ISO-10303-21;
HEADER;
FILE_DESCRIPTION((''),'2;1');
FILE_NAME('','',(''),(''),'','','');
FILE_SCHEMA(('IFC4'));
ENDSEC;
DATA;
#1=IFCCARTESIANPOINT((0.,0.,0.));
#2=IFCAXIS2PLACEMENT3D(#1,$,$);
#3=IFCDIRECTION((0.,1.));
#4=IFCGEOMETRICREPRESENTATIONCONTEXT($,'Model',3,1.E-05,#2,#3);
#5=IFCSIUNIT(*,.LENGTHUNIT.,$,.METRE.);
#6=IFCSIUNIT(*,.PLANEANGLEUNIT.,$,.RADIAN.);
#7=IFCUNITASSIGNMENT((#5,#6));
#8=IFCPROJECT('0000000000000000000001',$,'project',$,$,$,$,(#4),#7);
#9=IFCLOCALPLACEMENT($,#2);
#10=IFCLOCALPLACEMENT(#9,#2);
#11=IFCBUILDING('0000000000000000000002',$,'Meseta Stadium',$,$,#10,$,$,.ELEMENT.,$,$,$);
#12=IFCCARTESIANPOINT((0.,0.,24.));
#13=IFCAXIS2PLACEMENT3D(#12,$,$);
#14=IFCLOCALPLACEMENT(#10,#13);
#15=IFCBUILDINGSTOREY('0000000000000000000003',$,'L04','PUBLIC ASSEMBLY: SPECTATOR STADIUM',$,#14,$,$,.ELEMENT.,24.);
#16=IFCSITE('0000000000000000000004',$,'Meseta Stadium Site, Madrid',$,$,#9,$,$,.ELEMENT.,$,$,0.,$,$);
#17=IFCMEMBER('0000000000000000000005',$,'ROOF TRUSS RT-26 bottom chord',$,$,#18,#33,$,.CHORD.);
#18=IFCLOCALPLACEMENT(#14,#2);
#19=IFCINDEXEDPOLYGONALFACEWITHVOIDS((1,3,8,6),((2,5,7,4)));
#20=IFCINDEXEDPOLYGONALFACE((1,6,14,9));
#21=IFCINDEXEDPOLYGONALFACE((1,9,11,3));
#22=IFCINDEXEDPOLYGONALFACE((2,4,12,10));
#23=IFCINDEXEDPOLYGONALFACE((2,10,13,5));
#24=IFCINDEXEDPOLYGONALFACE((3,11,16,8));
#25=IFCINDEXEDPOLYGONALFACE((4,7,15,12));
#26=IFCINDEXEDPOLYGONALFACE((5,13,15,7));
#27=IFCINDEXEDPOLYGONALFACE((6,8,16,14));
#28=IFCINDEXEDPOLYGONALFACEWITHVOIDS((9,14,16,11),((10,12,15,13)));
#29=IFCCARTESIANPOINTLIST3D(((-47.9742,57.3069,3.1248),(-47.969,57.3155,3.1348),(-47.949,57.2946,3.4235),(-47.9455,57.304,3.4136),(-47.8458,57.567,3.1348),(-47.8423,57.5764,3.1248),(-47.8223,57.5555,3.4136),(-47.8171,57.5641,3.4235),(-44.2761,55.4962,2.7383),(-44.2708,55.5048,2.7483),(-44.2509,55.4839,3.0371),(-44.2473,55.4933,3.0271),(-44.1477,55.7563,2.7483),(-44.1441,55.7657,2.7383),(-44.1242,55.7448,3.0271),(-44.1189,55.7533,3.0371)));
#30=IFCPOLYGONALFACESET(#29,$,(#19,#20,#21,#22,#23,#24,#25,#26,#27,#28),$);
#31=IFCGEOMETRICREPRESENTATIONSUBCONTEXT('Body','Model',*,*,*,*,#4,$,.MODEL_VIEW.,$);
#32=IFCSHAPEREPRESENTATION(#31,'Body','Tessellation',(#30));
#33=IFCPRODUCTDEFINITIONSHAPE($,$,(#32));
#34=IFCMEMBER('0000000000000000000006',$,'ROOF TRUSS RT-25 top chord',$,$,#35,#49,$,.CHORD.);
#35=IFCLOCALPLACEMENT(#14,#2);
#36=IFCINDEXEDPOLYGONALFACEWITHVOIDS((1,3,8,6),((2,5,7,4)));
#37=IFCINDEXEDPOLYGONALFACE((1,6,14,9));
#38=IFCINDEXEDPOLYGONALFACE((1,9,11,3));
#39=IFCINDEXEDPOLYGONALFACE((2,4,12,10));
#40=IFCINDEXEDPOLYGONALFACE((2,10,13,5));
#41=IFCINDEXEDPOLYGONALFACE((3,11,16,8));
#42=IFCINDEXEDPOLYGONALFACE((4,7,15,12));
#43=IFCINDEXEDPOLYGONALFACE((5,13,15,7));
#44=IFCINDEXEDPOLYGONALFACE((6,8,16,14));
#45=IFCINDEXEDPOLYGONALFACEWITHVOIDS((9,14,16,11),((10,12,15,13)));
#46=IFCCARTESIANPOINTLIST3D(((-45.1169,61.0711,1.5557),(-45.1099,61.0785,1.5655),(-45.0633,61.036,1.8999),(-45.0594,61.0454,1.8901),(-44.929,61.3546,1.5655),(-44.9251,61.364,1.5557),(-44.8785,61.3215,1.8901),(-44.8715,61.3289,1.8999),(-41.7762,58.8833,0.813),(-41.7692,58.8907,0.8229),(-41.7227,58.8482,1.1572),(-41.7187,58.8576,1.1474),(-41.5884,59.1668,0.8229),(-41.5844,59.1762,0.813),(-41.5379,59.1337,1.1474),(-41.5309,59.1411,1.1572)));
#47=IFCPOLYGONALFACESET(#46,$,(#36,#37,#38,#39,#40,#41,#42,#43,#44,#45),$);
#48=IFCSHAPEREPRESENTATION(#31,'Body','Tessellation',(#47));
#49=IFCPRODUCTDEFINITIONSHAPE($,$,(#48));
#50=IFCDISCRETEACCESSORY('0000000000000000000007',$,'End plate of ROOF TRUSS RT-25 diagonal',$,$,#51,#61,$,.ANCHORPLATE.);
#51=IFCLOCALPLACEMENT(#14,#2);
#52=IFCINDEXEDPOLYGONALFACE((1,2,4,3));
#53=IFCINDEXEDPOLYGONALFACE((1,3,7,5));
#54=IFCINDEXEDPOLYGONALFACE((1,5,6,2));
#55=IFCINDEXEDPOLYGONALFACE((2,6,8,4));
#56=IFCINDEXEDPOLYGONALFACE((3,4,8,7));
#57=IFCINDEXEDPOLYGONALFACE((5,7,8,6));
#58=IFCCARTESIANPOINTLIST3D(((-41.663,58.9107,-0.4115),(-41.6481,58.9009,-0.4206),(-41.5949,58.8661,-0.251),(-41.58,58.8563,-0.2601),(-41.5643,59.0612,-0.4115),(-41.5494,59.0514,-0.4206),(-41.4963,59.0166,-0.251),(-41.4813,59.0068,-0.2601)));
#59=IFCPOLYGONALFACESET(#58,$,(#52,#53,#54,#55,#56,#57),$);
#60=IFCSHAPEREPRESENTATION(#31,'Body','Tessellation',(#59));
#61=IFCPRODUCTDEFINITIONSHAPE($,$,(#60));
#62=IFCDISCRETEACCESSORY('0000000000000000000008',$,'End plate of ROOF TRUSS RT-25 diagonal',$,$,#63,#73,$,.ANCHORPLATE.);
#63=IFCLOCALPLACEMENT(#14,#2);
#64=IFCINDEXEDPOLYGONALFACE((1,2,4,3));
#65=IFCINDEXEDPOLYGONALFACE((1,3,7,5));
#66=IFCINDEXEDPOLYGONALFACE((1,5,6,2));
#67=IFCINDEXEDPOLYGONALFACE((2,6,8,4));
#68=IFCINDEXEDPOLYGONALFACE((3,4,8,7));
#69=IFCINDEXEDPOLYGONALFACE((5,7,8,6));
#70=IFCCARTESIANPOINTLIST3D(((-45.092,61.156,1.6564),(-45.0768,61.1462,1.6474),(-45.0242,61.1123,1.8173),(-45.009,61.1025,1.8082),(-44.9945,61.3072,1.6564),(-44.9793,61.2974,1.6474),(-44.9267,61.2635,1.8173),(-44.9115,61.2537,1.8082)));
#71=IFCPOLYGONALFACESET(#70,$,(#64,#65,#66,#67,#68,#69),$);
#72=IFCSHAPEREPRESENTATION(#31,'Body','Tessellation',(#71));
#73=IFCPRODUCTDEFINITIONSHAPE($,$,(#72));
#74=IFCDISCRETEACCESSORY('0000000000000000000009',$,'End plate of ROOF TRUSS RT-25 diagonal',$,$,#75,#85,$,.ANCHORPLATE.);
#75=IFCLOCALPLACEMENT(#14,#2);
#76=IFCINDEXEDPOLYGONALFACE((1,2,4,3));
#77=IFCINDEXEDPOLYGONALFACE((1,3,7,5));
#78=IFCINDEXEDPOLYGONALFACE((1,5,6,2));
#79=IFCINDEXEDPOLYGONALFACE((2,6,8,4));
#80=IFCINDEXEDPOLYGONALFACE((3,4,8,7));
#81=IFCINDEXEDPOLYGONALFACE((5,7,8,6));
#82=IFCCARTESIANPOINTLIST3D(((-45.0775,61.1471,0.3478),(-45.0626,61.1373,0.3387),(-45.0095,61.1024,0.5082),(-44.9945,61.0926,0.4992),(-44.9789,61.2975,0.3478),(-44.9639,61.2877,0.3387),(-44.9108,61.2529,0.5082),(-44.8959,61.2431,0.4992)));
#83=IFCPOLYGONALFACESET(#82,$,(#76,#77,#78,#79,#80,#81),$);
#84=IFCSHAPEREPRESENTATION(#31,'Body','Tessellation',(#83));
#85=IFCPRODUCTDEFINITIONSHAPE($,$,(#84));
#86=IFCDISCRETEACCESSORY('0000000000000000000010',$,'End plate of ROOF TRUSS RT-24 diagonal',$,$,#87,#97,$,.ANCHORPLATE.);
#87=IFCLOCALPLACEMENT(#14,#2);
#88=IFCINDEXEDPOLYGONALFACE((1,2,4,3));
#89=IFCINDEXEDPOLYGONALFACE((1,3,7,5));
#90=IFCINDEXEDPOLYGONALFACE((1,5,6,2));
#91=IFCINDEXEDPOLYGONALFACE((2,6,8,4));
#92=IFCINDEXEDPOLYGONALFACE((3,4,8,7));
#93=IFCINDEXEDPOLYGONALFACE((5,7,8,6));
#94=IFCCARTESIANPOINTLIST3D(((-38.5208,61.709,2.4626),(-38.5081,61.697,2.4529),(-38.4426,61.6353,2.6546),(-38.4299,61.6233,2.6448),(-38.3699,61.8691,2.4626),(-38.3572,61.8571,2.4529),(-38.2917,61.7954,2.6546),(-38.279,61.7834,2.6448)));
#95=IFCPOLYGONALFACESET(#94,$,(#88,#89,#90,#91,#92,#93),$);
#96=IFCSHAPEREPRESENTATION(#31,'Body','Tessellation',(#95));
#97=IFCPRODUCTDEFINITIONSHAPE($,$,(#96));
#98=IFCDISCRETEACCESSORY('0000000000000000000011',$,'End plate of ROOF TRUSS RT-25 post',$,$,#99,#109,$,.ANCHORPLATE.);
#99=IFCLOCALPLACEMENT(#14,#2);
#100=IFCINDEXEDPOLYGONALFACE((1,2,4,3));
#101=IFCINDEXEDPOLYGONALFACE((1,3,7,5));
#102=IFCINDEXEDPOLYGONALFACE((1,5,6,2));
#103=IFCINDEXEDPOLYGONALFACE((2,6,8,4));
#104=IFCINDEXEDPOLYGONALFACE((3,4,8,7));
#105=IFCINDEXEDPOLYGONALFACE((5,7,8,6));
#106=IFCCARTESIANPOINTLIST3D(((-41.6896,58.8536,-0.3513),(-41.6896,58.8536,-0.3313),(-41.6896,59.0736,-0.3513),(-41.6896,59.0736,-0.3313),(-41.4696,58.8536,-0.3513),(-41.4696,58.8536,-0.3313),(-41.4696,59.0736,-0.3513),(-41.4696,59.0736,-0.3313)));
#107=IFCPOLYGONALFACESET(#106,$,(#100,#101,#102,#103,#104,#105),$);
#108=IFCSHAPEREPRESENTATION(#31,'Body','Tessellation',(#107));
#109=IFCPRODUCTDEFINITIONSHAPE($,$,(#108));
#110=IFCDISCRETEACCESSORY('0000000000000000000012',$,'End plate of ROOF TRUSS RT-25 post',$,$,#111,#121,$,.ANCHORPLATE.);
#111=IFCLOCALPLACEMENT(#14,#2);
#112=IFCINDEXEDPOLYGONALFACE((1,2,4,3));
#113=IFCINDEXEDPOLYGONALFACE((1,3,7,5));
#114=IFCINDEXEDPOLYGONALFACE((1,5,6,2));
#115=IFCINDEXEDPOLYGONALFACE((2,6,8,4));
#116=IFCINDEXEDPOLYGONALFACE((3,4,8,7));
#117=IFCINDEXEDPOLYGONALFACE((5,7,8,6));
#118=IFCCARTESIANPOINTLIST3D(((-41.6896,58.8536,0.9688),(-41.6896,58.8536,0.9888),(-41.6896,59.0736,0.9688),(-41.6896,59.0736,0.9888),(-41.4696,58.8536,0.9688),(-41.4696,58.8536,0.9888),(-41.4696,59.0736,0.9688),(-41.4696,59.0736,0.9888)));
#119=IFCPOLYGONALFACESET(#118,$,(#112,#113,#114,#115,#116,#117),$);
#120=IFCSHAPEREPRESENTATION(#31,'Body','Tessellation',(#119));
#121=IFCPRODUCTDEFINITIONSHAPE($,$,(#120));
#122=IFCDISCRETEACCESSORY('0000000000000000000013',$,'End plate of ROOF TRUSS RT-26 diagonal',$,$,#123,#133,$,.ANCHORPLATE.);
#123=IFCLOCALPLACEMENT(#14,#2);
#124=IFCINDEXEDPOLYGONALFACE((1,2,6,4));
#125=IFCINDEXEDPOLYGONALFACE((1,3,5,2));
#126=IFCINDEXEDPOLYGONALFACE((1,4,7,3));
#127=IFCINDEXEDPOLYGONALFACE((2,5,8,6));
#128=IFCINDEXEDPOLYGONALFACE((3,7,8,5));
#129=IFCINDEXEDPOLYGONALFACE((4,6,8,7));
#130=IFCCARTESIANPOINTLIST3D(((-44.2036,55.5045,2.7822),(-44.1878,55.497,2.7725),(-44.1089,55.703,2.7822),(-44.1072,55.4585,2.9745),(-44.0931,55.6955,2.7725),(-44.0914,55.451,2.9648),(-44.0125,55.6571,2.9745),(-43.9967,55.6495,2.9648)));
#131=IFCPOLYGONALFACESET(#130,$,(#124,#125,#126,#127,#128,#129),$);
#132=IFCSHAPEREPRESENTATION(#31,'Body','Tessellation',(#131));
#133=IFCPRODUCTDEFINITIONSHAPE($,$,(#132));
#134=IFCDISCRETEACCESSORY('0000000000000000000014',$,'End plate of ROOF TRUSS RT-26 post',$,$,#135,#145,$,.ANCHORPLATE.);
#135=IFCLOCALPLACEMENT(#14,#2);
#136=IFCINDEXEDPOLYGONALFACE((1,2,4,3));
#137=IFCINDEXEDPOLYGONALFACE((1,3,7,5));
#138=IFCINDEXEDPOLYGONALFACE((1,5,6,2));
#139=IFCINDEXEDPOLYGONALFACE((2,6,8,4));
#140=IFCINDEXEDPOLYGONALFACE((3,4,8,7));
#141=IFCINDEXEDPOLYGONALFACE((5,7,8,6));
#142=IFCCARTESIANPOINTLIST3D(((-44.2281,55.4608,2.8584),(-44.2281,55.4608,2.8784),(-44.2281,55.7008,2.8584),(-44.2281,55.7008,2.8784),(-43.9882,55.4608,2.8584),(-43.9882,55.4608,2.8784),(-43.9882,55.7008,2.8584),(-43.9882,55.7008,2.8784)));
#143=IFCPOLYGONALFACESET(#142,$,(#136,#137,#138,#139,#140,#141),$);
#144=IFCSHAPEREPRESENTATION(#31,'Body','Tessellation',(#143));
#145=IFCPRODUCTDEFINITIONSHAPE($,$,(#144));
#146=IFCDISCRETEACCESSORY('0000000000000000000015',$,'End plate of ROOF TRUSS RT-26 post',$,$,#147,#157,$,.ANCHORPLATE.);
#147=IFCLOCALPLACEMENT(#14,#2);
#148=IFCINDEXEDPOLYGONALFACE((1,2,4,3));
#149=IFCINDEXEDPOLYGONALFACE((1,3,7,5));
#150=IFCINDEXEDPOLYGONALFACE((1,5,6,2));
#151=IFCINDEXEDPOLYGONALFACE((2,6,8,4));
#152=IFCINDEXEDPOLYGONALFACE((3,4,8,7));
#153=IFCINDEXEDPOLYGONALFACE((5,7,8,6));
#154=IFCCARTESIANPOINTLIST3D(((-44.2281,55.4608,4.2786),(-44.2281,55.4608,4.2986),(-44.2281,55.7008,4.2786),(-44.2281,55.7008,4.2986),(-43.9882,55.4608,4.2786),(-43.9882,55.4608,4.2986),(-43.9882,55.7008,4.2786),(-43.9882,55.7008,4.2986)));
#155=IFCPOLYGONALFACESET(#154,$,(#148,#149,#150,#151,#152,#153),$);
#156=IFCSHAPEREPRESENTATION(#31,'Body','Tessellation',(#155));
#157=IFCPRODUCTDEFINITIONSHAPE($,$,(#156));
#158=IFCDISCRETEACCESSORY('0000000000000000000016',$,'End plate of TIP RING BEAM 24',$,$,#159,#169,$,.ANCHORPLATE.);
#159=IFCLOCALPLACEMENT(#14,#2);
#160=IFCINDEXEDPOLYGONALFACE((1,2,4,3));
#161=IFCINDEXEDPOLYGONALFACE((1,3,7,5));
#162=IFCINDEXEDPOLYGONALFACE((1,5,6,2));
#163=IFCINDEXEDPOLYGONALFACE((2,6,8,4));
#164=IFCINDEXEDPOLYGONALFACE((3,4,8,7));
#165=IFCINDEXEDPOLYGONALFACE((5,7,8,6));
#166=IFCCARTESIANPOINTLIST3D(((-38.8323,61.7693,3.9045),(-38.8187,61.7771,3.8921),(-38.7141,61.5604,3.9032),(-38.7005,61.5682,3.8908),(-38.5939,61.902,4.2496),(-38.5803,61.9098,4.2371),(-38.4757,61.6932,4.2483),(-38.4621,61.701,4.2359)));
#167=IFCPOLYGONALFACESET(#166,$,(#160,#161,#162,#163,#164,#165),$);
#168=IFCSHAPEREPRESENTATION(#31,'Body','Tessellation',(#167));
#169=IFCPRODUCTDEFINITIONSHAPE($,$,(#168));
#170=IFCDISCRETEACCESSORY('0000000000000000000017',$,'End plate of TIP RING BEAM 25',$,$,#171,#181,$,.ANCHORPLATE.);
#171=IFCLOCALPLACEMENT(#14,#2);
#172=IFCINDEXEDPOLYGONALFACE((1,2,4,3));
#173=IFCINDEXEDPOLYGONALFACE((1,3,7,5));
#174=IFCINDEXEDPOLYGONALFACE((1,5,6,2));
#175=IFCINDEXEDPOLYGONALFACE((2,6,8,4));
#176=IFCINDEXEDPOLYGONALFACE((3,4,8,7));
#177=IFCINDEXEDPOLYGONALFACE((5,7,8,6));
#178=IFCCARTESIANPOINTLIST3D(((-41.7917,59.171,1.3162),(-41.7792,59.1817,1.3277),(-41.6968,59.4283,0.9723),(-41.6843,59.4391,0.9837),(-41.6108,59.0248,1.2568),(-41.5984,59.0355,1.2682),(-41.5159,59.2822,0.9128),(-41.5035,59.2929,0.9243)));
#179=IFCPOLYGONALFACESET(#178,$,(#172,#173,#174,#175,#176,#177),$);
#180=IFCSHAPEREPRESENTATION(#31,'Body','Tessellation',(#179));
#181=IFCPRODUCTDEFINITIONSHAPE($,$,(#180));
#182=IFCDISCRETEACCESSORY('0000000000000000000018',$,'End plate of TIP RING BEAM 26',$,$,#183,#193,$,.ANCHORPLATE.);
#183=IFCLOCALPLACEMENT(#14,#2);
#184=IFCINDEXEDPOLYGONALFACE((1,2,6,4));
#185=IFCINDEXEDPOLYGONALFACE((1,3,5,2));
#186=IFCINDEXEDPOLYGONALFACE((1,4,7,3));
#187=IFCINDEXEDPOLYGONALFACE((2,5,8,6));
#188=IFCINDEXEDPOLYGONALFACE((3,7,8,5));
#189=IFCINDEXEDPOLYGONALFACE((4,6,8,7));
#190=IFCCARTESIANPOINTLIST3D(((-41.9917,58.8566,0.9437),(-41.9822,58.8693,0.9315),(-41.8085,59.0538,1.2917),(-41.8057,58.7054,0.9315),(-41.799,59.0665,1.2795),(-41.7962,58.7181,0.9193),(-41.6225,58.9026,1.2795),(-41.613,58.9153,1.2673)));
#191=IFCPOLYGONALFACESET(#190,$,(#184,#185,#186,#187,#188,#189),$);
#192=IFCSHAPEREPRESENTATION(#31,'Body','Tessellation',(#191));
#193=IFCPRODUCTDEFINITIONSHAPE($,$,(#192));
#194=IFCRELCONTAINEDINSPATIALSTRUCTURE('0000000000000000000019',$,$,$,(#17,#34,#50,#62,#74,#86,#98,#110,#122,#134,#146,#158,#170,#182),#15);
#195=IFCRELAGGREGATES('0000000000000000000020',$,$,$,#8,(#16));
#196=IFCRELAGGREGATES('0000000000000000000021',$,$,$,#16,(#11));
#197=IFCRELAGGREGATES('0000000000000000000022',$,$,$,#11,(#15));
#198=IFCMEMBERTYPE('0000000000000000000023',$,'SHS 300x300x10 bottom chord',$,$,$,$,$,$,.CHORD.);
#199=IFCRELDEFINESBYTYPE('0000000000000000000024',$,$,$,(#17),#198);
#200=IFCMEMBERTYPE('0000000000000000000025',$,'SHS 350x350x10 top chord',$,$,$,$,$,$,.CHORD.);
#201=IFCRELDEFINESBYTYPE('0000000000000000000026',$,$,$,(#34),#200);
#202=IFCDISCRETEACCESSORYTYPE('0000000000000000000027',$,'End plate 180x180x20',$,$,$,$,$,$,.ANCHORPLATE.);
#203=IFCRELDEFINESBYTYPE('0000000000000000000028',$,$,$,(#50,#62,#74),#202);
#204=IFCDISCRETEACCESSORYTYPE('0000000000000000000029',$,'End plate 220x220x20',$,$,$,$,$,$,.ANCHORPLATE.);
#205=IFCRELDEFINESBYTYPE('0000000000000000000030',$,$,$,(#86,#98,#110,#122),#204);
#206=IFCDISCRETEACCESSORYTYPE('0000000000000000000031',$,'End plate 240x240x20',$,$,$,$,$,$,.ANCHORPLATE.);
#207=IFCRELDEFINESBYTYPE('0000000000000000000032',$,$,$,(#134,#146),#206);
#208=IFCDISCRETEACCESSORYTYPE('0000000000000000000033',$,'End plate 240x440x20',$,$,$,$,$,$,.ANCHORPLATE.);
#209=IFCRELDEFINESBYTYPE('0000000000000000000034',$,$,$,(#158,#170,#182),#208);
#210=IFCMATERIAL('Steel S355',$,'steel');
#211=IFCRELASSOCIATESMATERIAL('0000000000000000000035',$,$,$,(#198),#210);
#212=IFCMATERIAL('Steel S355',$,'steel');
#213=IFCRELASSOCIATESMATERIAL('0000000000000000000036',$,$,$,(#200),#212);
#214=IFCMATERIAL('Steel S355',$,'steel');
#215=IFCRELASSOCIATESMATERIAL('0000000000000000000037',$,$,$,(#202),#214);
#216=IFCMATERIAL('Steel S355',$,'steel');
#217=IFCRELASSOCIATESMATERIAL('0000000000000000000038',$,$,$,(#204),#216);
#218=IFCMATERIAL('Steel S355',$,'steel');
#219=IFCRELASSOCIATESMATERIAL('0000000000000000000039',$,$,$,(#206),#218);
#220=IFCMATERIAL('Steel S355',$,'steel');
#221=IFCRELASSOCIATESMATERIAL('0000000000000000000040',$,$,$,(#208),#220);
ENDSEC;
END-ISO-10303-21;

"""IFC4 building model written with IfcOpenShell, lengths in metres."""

from ifc_helpers import new_model, si_unit, direction, frame, origin, origin_2d, place, context, subcontext, project, spatial, rectangle, hollow_rectangle, extrude, material, material_profile, profile_set, type_object, element, save


model = new_model("IFC4")

# Units and contexts
model_context = context("Model", 3, precision=1e-05, world=origin(), true_north=direction((0.0, 1.0)))
body_context = subcontext(model_context, "Body", "Model", "MODEL_VIEW")
ifc_project = project(units=[si_unit("LENGTHUNIT", "METRE"), si_unit("PLANEANGLEUNIT", "RADIAN")], contexts=[model_context])

# Site, building, storey
site_placement = place(None, origin())
site = spatial("IfcSite", under=ifc_project, at=site_placement, Name="Meseta Stadium Site, Madrid", CompositionType="ELEMENT", RefElevation=0.0)
building_placement = place(site_placement, origin())
building = spatial("IfcBuilding", under=site, at=building_placement, Name="Meseta Stadium", CompositionType="ELEMENT")
storey_placement = place(building_placement, frame((0.0, 0.0, 24.0)))
storey = spatial("IfcBuildingStorey", under=building, at=storey_placement, Name="L04", Description="PUBLIC ASSEMBLY: SPECTATOR STADIUM", CompositionType="ELEMENT", Elevation=24.0)

# Members
ifc_material_1 = material(Name="Steel S355", Category="steel")
ifc_material_profile_1 = material_profile(ifc_material_1, hollow_rectangle(XDim=0.3, YDim=0.3, WallThickness=0.01, at=origin_2d()), Name="SHS 300x300x10")
ifc_profile_set_1 = profile_set([ifc_material_profile_1], Name="Steel S355")
member_type_1 = type_object("IfcMemberType", Name="SHS 300x300x10 bottom chord", PredefinedType="CHORD", material=ifc_profile_set_1)
member_1_placement = place(storey_placement, frame((-44.1975, 55.6248, 2.8877), z_axis=(-0.89419, 0.437827, 0.093445), x_axis=(-0.439751, -0.89812, 0.0)))
element("IfcMember", 1, at=member_1_placement, inside=storey, type_object=member_type_1, Name="ROOF TRUSS RT-26 bottom chord", PredefinedType="CHORD", context=body_context, shape_type="SweptSolid", body=[
    extrude(hollow_rectangle(XDim=0.3, YDim=0.3, WallThickness=0.01, at=origin_2d()), origin(), (0.0, 0.0, 1.0), 4.1357),
])
ifc_material_2 = material(Name="Steel S355", Category="steel")
ifc_material_profile_2 = material_profile(ifc_material_2, hollow_rectangle(XDim=0.3501, YDim=0.3501, WallThickness=0.01, at=origin_2d()), Name="SHS 350x350x10")
ifc_profile_set_2 = profile_set([ifc_material_profile_2], Name="Steel S355")
member_type_2 = type_object("IfcMemberType", Name="SHS 350x350x10 top chord", PredefinedType="CHORD", material=ifc_profile_set_2)
member_2_placement = place(storey_placement, frame((-41.6536, 59.0122, 0.9851), z_axis=(-0.822462, 0.53863, 0.182849), x_axis=(-0.547867, -0.836565, 0.0)))
element("IfcMember", 2, at=member_2_placement, inside=storey, type_object=member_type_2, Name="ROOF TRUSS RT-25 top chord", PredefinedType="CHORD", context=body_context, shape_type="SweptSolid", body=[
    extrude(hollow_rectangle(XDim=0.3501, YDim=0.3501, WallThickness=0.01, at=origin_2d()), origin(), (0.0, 0.0, 1.0), 4.0618),
])

# Discrete accessories
ifc_material_3 = material(Name="Steel S355", Category="steel")
ifc_material_profile_3 = material_profile(ifc_material_3, rectangle(XDim=0.1799, YDim=0.1799, at=origin_2d()), Name="PL 180x180")
ifc_profile_set_3 = profile_set([ifc_material_profile_3], Name="Steel S355")
discrete_accessory_type_1 = type_object("IfcDiscreteAccessoryType", Name="End plate 180x180x20", PredefinedType="ANCHORPLATE", material=ifc_profile_set_3)
discrete_accessory_1_placement = place(storey_placement, frame((-41.5647, 58.9539, -0.3403), z_axis=(-0.74579, 0.489043, 0.452365), x_axis=(-0.548357, -0.836244, 0.0)))
element("IfcDiscreteAccessory", 3, at=discrete_accessory_1_placement, inside=storey, type_object=discrete_accessory_type_1, Name="End plate of ROOF TRUSS RT-25 diagonal", PredefinedType="ANCHORPLATE", context=body_context, shape_type="SweptSolid", body=[
    extrude(rectangle(XDim=0.1799, YDim=0.1799, at=origin_2d()), origin(), (0.0, 0.0, 1.0), 0.02),
])
discrete_accessory_2_placement = place(storey_placement, frame((-44.9941, 61.2, 1.7278), z_axis=(-0.751143, 0.484608, 0.448263), x_axis=(-0.542127, -0.840297, 0.0)))
element("IfcDiscreteAccessory", 4, at=discrete_accessory_2_placement, inside=storey, type_object=discrete_accessory_type_1, Name="End plate of ROOF TRUSS RT-25 diagonal", PredefinedType="ANCHORPLATE", context=body_context, shape_type="SweptSolid", body=[
    extrude(rectangle(XDim=0.1799, YDim=0.1799, at=origin_2d()), origin(), (0.0, 0.0, 1.0), 0.0203),
])
discrete_accessory_3_placement = place(storey_placement, frame((-44.9792, 61.1902, 0.4189), z_axis=(-0.74579, 0.489043, 0.452365), x_axis=(-0.548357, -0.836244, 0.0)))
element("IfcDiscreteAccessory", 5, at=discrete_accessory_3_placement, inside=storey, type_object=discrete_accessory_type_1, Name="End plate of ROOF TRUSS RT-25 diagonal", PredefinedType="ANCHORPLATE", context=body_context, shape_type="SweptSolid", body=[
    extrude(rectangle(XDim=0.1799, YDim=0.1799, at=origin_2d()), origin(), (0.0, 0.0, 1.0), 0.02),
])
ifc_material_4 = material(Name="Steel S355", Category="steel")
ifc_material_profile_4 = material_profile(ifc_material_4, rectangle(XDim=0.22, YDim=0.22, at=origin_2d()), Name="PL 220x220")
ifc_profile_set_4 = profile_set([ifc_material_profile_4], Name="Steel S355")
discrete_accessory_type_2 = type_object("IfcDiscreteAccessoryType", Name="End plate 220x220x20", PredefinedType="ANCHORPLATE", material=ifc_profile_set_4)
for number, where, z_axis, x_axis, name in (
    (6, (-38.3936, 61.7402, 2.5488), (-0.635044, 0.598407, 0.488496), (-0.685801, -0.727789, 0.0), "End plate of ROOF TRUSS RT-24 diagonal"),
    (7, (-41.5796, 58.9636, -0.3513), (0.0, 0.0, 1.0), (1.0, 0.0, 0.0), "End plate of ROOF TRUSS RT-25 post"),
    (8, (-41.5796, 58.9636, 0.9688), (0.0, 0.0, 1.0), (1.0, 0.0, 0.0), "End plate of ROOF TRUSS RT-25 post"),
    (9, (-44.0923, 55.5732, 2.8687), (-0.789053, 0.376318, 0.485571), (-0.430473, -0.902604, 0.0), "End plate of ROOF TRUSS RT-26 diagonal"),
):
    element("IfcDiscreteAccessory", number, at=place(storey_placement, frame(where, z_axis=z_axis, x_axis=x_axis)), inside=storey, type_object=discrete_accessory_type_2, Name=name, PredefinedType="ANCHORPLATE", context=body_context, shape_type="SweptSolid", body=[
        extrude(rectangle(XDim=0.22, YDim=0.22, at=origin_2d()), origin(), (0.0, 0.0, 1.0), 0.02),
    ])
ifc_material_5 = material(Name="Steel S355", Category="steel")
ifc_material_profile_5 = material_profile(ifc_material_5, rectangle(XDim=0.24, YDim=0.24, at=origin_2d()), Name="PL 240x240")
ifc_profile_set_5 = profile_set([ifc_material_profile_5], Name="Steel S355")
discrete_accessory_type_3 = type_object("IfcDiscreteAccessoryType", Name="End plate 240x240x20", PredefinedType="ANCHORPLATE", material=ifc_profile_set_5)
for number, where, z_axis, x_axis, name in (
    (10, (-44.1082, 55.5808, 2.8584), (0.0, 0.0, 1.0), (1.0, 0.0, 0.0), "End plate of ROOF TRUSS RT-26 post"),
    (11, (-44.1082, 55.5808, 4.2786), (0.0, 0.0, 1.0), (1.0, 0.0, 0.0), "End plate of ROOF TRUSS RT-26 post"),
):
    element("IfcDiscreteAccessory", number, at=place(storey_placement, frame(where, z_axis=z_axis, x_axis=x_axis)), inside=storey, type_object=discrete_accessory_type_3, Name=name, PredefinedType="ANCHORPLATE", context=body_context, shape_type="SweptSolid", body=[
        extrude(rectangle(XDim=0.24, YDim=0.24, at=origin_2d()), origin(), (0.0, 0.0, 1.0), 0.02),
    ])
ifc_material_6 = material(Name="Steel S355", Category="steel")
ifc_material_profile_6 = material_profile(ifc_material_6, rectangle(XDim=0.24, YDim=0.4399, at=origin_2d()), Name="PL 240x440")
ifc_profile_set_6 = profile_set([ifc_material_profile_6], Name="Steel S355")
discrete_accessory_type_4 = type_object("IfcDiscreteAccessoryType", Name="End plate 240x440x20", PredefinedType="ANCHORPLATE", material=ifc_profile_set_6)
for number, where, z_axis, x_axis, name in (
    (12, (-38.6404, 61.739, 4.064), (-0.681056, -0.389175, 0.620247), (0.492473, -0.870311, -0.005323), "End plate of TIP RING BEAM 24"),
    (13, (-41.6414, 59.2373, 1.126), (-0.620936, -0.53571, -0.572235), (0.75359, -0.60889, -0.2477), "End plate of TIP RING BEAM 25"),
    (14, (-41.7976, 58.8923, 1.0994), (-0.475574, -0.634099, 0.609711), (0.774878, -0.630061, -0.050858), "End plate of TIP RING BEAM 26"),
):
    element("IfcDiscreteAccessory", number, at=place(storey_placement, frame(where, z_axis=z_axis, x_axis=x_axis)), inside=storey, type_object=discrete_accessory_type_4, Name=name, PredefinedType="ANCHORPLATE", context=body_context, shape_type="SweptSolid", body=[
        extrude(rectangle(XDim=0.24, YDim=0.4399, at=origin_2d()), origin(), (0.0, 0.0, 1.0), 0.02),
    ])

save(model, "model.ifc")
